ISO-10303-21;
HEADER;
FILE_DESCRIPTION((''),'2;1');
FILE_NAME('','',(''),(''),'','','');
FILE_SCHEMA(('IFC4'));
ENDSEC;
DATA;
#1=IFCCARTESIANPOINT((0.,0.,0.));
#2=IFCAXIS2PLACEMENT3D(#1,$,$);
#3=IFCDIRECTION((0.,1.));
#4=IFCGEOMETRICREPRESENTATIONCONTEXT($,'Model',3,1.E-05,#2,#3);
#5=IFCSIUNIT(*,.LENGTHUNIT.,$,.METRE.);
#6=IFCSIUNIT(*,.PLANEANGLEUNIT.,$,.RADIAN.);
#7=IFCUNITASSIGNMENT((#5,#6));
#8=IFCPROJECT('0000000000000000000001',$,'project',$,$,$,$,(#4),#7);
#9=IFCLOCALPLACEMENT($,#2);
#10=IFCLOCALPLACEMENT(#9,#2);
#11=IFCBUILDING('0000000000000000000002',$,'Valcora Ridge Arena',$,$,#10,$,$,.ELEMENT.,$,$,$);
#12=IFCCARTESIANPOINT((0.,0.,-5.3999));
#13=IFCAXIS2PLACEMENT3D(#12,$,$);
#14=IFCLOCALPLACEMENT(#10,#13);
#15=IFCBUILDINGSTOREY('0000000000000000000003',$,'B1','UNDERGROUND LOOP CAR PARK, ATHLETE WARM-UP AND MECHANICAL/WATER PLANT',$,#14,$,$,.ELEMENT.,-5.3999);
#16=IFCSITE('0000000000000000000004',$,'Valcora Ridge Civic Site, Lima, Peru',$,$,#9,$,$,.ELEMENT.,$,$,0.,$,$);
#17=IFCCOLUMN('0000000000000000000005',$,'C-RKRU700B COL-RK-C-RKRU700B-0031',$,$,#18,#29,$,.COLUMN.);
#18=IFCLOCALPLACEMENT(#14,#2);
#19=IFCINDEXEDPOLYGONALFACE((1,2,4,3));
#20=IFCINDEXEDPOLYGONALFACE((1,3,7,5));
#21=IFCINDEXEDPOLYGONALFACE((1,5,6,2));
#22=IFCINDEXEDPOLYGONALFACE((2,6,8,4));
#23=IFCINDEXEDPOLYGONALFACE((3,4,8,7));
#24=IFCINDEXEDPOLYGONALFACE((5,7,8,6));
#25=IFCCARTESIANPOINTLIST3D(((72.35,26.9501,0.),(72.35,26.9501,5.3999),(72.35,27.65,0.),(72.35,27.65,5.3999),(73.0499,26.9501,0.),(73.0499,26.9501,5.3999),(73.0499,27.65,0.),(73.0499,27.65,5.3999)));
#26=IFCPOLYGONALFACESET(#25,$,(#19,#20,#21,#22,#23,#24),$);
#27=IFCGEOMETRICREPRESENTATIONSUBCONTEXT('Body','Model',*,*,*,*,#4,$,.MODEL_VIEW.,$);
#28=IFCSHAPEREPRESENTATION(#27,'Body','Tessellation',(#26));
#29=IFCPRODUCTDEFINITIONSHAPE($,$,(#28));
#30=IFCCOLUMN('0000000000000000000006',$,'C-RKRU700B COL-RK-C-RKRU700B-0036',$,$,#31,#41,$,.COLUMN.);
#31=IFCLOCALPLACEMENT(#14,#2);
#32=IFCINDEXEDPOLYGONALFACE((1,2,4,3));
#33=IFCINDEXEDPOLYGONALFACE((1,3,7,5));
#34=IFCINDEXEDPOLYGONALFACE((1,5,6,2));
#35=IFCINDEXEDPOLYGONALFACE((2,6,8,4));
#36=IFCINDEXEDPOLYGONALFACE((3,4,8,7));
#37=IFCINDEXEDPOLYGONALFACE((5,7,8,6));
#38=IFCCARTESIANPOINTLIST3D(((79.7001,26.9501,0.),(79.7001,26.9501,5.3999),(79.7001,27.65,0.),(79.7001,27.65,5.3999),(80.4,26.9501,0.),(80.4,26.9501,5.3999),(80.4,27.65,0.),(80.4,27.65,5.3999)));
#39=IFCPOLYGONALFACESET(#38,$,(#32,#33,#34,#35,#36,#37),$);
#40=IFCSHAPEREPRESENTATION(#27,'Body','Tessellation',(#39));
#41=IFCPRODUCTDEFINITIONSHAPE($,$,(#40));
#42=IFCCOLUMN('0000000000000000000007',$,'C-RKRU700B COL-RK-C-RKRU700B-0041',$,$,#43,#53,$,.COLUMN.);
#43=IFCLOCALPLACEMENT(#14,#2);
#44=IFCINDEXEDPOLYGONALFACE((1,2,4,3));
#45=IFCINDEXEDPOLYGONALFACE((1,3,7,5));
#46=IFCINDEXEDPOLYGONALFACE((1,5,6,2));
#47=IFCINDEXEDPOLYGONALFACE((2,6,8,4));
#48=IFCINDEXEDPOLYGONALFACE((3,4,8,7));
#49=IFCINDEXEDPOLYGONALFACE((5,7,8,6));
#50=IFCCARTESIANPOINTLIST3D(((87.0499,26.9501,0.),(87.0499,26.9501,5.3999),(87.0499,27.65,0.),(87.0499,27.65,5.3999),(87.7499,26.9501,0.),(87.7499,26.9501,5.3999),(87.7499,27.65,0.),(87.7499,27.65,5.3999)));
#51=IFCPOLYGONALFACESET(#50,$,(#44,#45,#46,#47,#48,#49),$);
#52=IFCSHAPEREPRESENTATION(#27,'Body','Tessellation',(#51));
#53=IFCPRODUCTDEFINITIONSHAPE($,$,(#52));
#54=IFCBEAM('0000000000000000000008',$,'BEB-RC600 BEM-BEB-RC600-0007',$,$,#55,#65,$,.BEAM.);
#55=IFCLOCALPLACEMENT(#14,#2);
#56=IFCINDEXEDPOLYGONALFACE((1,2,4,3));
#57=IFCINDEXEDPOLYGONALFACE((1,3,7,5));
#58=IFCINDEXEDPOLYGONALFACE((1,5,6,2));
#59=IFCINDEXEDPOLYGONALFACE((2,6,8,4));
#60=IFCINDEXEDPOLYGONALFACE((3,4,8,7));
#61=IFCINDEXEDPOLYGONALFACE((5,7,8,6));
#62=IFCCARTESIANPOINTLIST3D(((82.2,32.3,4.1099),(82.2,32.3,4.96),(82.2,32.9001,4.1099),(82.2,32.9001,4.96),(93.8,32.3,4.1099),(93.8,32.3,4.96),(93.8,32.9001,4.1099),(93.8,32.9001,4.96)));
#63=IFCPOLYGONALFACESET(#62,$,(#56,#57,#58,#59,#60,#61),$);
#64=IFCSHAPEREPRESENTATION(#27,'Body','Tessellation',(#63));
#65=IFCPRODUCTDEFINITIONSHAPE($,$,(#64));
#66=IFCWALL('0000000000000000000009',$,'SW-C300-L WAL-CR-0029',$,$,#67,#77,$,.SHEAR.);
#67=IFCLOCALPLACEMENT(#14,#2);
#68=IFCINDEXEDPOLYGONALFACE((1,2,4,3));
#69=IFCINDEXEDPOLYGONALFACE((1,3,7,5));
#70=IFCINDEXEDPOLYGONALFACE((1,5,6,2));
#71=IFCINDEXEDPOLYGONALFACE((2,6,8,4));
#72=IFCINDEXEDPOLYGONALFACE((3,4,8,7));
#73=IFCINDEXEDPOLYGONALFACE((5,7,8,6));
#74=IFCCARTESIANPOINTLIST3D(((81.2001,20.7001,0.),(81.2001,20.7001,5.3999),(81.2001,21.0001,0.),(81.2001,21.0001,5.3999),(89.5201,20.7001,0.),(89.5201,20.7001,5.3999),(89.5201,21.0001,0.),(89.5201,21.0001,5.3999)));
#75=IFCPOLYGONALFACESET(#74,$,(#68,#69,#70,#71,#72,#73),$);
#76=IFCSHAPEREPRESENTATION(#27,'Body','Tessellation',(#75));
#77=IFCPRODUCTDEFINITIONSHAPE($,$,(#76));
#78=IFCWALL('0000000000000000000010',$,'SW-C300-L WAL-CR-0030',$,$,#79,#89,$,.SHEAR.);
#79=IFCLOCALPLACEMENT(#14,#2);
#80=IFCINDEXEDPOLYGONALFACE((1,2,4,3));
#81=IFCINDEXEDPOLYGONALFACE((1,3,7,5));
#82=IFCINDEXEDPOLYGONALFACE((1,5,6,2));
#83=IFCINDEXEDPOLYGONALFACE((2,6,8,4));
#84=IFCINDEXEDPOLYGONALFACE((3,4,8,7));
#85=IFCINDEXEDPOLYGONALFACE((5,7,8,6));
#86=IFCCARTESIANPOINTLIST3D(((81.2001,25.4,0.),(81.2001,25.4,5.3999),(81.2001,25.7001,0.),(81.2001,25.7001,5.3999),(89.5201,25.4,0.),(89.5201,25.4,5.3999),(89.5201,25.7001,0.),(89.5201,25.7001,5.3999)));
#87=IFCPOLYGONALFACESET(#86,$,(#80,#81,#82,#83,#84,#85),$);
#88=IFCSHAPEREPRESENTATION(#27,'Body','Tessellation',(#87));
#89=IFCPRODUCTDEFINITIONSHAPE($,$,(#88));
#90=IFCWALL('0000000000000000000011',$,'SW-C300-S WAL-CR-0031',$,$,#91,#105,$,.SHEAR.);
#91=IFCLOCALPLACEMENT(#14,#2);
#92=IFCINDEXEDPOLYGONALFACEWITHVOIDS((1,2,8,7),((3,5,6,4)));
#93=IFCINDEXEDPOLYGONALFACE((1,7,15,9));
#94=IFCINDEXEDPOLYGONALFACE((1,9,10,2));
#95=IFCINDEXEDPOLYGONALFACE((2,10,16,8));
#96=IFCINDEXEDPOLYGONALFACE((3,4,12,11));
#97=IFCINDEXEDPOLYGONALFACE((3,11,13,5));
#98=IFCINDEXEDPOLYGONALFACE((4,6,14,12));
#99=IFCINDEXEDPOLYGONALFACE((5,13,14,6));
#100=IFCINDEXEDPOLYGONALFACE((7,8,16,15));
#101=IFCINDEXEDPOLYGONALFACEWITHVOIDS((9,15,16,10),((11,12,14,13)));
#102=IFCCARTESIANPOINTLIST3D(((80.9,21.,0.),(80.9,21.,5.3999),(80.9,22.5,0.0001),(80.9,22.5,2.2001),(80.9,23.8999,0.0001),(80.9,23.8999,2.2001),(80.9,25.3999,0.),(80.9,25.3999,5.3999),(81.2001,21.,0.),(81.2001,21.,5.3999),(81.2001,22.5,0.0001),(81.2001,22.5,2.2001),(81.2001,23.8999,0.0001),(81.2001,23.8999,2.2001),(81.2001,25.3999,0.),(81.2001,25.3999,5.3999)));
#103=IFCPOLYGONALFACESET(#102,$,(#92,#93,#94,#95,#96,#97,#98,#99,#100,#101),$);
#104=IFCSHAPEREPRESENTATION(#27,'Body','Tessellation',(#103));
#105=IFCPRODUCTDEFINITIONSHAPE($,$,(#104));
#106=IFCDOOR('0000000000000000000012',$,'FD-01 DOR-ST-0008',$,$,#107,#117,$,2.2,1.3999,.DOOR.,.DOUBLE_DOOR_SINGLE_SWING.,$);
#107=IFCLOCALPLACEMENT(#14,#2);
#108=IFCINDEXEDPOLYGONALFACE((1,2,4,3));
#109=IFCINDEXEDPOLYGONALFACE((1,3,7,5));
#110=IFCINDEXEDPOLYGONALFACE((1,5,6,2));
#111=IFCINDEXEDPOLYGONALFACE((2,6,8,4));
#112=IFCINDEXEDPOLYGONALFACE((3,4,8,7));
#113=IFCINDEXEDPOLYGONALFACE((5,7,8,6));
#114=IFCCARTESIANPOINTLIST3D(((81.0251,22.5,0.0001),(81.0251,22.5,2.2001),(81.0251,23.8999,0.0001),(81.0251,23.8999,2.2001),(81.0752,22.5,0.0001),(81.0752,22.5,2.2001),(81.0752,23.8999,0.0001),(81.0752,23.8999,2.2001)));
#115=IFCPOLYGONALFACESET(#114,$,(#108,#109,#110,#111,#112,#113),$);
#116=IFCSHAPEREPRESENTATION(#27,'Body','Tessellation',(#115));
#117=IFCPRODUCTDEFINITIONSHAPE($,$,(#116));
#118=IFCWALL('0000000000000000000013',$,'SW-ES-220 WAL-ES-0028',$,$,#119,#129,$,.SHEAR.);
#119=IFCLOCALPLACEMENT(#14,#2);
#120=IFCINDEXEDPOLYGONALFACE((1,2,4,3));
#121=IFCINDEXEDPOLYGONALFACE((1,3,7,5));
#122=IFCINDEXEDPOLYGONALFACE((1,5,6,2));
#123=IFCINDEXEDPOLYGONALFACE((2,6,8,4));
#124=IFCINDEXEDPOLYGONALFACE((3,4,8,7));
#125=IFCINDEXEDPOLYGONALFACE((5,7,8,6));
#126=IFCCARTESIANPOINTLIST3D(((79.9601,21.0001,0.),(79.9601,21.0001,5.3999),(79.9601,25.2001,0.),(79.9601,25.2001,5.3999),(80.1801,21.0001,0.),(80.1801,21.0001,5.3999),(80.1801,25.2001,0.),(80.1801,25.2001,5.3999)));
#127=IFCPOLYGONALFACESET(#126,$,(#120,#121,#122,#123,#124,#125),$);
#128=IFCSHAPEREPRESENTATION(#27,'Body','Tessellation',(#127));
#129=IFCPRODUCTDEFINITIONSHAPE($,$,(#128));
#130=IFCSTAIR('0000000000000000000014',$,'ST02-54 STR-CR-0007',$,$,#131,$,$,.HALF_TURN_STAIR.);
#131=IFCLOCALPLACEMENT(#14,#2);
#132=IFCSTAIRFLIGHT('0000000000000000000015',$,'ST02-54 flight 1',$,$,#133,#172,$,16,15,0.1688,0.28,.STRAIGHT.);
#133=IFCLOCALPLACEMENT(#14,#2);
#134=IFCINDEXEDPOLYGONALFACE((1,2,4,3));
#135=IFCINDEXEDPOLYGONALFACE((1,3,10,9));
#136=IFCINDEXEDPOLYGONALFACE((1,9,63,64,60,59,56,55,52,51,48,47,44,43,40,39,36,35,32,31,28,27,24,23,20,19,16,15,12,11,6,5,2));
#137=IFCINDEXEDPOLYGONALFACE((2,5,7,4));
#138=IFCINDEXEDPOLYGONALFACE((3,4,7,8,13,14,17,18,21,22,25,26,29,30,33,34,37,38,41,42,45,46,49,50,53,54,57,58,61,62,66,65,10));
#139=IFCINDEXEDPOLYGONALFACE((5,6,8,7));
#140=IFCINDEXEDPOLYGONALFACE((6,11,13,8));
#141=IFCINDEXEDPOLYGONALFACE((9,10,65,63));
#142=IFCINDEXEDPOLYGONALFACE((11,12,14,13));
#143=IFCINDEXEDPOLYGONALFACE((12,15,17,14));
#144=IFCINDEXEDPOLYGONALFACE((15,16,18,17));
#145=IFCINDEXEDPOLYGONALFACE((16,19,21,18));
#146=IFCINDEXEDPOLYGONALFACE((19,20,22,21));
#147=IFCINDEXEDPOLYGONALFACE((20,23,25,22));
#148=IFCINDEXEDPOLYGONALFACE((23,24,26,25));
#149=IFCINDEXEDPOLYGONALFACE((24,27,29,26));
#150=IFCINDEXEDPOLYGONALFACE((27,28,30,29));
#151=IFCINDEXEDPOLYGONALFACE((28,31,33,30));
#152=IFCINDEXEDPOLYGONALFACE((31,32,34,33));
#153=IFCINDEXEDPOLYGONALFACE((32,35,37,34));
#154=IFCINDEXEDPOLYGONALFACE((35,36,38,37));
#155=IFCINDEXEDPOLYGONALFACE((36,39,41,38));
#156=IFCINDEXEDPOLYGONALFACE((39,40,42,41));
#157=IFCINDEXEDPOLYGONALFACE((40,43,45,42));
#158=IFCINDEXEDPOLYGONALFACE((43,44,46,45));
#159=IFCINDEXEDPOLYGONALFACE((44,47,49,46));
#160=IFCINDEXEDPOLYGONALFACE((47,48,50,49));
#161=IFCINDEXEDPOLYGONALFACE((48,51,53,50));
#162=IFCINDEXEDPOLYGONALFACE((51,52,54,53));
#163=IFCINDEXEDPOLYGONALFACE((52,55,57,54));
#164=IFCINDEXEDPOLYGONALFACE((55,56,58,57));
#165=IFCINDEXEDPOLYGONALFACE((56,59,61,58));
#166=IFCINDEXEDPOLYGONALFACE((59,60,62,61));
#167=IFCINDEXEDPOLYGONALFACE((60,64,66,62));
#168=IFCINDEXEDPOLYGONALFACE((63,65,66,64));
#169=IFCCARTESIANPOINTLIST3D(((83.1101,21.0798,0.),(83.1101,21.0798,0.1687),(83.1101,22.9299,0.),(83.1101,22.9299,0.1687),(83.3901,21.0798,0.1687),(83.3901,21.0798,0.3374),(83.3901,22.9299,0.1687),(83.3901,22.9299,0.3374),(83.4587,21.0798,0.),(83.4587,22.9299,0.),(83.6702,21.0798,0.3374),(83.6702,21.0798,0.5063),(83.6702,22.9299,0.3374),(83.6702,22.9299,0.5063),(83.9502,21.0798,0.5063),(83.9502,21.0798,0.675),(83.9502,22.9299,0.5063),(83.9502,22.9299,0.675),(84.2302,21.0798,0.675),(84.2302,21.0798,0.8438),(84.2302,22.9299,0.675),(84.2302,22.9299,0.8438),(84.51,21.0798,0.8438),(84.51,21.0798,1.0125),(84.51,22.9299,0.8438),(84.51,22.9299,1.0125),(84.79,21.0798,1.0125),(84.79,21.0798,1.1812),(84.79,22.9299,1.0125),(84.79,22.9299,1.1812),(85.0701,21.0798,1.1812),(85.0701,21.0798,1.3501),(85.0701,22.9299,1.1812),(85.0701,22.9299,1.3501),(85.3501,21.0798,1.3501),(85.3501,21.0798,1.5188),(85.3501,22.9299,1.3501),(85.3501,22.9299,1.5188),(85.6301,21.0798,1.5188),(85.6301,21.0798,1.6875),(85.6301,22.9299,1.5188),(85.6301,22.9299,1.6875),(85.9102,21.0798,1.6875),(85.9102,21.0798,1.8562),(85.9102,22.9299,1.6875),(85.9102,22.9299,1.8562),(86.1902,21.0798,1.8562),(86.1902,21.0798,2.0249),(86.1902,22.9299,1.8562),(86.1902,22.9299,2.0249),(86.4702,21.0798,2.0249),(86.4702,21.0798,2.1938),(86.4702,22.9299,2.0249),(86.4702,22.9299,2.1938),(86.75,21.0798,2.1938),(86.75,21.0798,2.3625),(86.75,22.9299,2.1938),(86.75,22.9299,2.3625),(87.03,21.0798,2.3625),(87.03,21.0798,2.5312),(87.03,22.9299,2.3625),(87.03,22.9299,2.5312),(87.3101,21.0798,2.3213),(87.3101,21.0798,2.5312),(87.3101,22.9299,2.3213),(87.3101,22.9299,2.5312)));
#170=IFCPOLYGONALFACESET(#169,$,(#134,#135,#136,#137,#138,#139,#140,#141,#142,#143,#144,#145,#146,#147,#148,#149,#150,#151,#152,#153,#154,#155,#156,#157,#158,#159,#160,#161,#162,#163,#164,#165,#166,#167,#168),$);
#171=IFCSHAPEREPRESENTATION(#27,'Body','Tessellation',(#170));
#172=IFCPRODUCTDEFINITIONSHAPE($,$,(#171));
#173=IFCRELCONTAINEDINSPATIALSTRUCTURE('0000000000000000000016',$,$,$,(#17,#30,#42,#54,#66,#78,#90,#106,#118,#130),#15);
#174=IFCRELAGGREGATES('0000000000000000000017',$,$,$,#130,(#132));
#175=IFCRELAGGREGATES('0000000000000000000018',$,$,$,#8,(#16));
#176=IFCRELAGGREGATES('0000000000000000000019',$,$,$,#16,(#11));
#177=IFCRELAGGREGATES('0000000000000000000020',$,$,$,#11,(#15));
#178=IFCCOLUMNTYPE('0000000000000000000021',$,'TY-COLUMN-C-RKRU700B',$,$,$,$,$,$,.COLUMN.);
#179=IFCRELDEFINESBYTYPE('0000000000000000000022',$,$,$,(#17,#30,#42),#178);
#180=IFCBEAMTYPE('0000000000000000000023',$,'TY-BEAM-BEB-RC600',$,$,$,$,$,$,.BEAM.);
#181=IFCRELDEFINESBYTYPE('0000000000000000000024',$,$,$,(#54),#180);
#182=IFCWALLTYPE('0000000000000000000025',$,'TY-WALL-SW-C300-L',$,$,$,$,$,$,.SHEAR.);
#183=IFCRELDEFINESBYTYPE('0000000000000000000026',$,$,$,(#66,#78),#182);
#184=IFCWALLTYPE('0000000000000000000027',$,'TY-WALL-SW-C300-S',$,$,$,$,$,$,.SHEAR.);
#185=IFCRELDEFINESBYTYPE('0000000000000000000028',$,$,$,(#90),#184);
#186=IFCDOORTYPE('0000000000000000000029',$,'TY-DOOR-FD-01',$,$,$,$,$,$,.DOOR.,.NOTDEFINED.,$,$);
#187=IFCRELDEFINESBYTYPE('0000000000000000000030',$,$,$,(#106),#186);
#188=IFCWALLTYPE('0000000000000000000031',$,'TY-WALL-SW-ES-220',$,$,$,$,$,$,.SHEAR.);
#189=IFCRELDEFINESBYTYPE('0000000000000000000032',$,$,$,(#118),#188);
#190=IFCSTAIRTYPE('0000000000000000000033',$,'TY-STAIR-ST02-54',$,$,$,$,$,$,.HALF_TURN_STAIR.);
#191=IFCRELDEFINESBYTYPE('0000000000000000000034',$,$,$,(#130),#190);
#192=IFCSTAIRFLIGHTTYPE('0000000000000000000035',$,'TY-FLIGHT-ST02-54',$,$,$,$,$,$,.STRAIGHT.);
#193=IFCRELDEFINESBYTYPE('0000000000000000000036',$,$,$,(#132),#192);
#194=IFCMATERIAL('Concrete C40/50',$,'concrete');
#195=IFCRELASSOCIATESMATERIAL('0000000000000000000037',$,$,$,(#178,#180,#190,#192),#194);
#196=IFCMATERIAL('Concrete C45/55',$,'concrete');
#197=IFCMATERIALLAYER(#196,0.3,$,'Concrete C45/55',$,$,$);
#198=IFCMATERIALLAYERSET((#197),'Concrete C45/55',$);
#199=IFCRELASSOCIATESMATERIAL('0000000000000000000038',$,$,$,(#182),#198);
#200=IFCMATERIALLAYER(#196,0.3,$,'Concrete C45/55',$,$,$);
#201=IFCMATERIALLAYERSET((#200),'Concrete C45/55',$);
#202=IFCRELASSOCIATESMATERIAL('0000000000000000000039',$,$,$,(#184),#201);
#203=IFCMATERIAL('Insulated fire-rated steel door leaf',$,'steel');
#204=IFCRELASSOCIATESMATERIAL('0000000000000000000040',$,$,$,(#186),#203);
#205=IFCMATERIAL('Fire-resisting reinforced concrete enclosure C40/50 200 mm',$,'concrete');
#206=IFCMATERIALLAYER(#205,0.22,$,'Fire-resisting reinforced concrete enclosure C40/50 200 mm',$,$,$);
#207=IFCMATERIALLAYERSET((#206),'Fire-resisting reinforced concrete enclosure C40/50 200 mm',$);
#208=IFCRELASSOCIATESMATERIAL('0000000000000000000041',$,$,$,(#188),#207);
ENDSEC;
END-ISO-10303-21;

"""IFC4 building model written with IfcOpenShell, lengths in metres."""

from ifc_helpers import new_model, si_unit, direction, frame, frame_2d, origin, origin_2d, place, context, subcontext, project, spatial, polyline, rectangle, outline, extrude, material, layer, layer_set, material_profile, profile_set, type_object, element, fill, aggregate, save


model = new_model("IFC4")

# Units and contexts
model_context = context("Model", 3, precision=1e-05, world=origin(), true_north=direction((0.0, 1.0)))
body_context = subcontext(model_context, "Body", "Model", "MODEL_VIEW")
ifc_project = project(units=[si_unit("LENGTHUNIT", "METRE"), si_unit("PLANEANGLEUNIT", "RADIAN")], contexts=[model_context])

# Site, building, storey
site_placement = place(None, origin())
site = spatial("IfcSite", under=ifc_project, at=site_placement, Name="Valcora Ridge Civic Site, Lima, Peru", CompositionType="ELEMENT", RefElevation=0.0)
building_placement = place(site_placement, origin())
building = spatial("IfcBuilding", under=site, at=building_placement, Name="Valcora Ridge Arena", CompositionType="ELEMENT")
storey_placement = place(building_placement, frame((0.0, 0.0, -5.3999)))
storey = spatial("IfcBuildingStorey", under=building, at=storey_placement, Name="B1", Description="UNDERGROUND LOOP CAR PARK, ATHLETE WARM-UP AND MECHANICAL/WATER PLANT", CompositionType="ELEMENT", Elevation=-5.3999)

# Shared definitions
ifc_material_1 = material(Name="Concrete C40/50", Category="concrete")

# Columns
ifc_material_profile_1 = material_profile(ifc_material_1, rectangle(XDim=0.7, YDim=0.7, at=origin_2d()), Name="RC 700x700")
ifc_profile_set_1 = profile_set([ifc_material_profile_1], Name="Concrete C40/50")
column_type_1 = type_object("IfcColumnType", Name="TY-COLUMN-C-RKRU700B", PredefinedType="COLUMN", material=ifc_profile_set_1)
for number, where, z_axis, x_axis, name in (
    (1, (72.7, 27.3, 0.0), (0.0, 0.0, 1.0), (1.0, 0.0, 0.0), "C-RKRU700B COL-RK-C-RKRU700B-0031"),
    (2, (80.05, 27.3, 0.0), (0.0, 0.0, 1.0), (1.0, 0.0, 0.0), "C-RKRU700B COL-RK-C-RKRU700B-0036"),
    (3, (87.3999, 27.3, 0.0), (0.0, 0.0, 1.0), (1.0, 0.0, 0.0), "C-RKRU700B COL-RK-C-RKRU700B-0041"),
):
    element("IfcColumn", number, at=place(storey_placement, frame(where, z_axis=z_axis, x_axis=x_axis)), inside=storey, type_object=column_type_1, Name=name, PredefinedType="COLUMN", context=body_context, shape_type="SweptSolid", body=[
        extrude(rectangle(XDim=0.7, YDim=0.7, at=origin_2d()), origin(), (0.0, 0.0, 1.0), 5.3999),
    ])

# Beam
ifc_material_profile_2 = material_profile(ifc_material_1, rectangle(XDim=0.6001, YDim=0.8501, at=origin_2d()), Name="RC 600x850")
ifc_profile_set_2 = profile_set([ifc_material_profile_2], Name="Concrete C40/50")
beam_type = type_object("IfcBeamType", Name="TY-BEAM-BEB-RC600", PredefinedType="BEAM", material=ifc_profile_set_2)
beam_placement = place(storey_placement, frame((82.2, 32.6001, 4.5349), z_axis=(1.0, 0.0, 0.0), x_axis=(0.0, 1.0, 0.0)))
element("IfcBeam", 4, at=beam_placement, inside=storey, type_object=beam_type, Name="BEB-RC600 BEM-BEB-RC600-0007", PredefinedType="BEAM", context=body_context, shape_type="SweptSolid", body=[
    extrude(rectangle(XDim=0.6001, YDim=0.8501, at=origin_2d()), origin(), (0.0, 0.0, 1.0), 11.6001),
])

# Walls
ifc_material_2 = material(Name="Concrete C45/55", Category="concrete")
ifc_layer_1 = layer(ifc_material_2, 0.3, Name="Concrete C45/55")
ifc_layer_set_1 = layer_set([ifc_layer_1], Name="Concrete C45/55")
wall_type_1 = type_object("IfcWallType", Name="TY-WALL-SW-C300-L", PredefinedType="SHEAR", material=ifc_layer_set_1)
for number, where, z_axis, x_axis, name in (
    (5, (81.2, 20.8501, 0.0), (0.0, 0.0, 1.0), (1.0, 0.0, 0.0), "SW-C300-L WAL-CR-0029"),
    (6, (81.2, 25.55, 0.0), (0.0, 0.0, 1.0), (1.0, 0.0, 0.0), "SW-C300-L WAL-CR-0030"),
):
    element("IfcWall", number, at=place(storey_placement, frame(where, z_axis=z_axis, x_axis=x_axis)), inside=storey, type_object=wall_type_1, Name=name, PredefinedType="SHEAR", context=body_context, shape_type="SweptSolid", body=[
        extrude(rectangle(XDim=8.3201, YDim=0.3, at=frame_2d((4.1602, 0.0))), origin(), (0.0, 0.0, 1.0), 5.3999),
    ])

# Wall, opening, door
ifc_layer_2 = layer(ifc_material_2, 0.3, Name="Concrete C45/55")
ifc_layer_set_2 = layer_set([ifc_layer_2], Name="Concrete C45/55")
wall_type_2 = type_object("IfcWallType", Name="TY-WALL-SW-C300-S", PredefinedType="SHEAR", material=ifc_layer_set_2)
wall_1_placement = place(storey_placement, frame((81.05, 21.0, 0.0), z_axis=(0.0, 0.0, 1.0), x_axis=(0.0, 1.0, 0.0)))
wall_1 = element("IfcWall", 7, at=wall_1_placement, inside=storey, type_object=wall_type_2, Name="SW-C300-S WAL-CR-0031", PredefinedType="SHEAR", context=body_context, shape_type="SweptSolid", body=[
    extrude(rectangle(XDim=4.3999, YDim=0.3, at=frame_2d((2.2, 0.0))), origin(), (0.0, 0.0, 1.0), 5.3999),
])
opening_placement = place(wall_1_placement, frame((1.5, 0.0, 0.0)))
opening = element("IfcOpeningElement", 8, at=opening_placement, cuts=wall_1, PredefinedType="OPENING", context=body_context, shape_type="SweptSolid", body=[
    extrude(rectangle(XDim=1.3999, YDim=2.2, at=frame_2d((0.7, 1.1001))), frame((0.0, 0.1599, 0.0), z_axis=(0.0, -1.0, 0.0), x_axis=(1.0, 0.0, 0.0)), (0.0, 0.0, 1.0), 0.3201),
])
ifc_material_3 = material(Name="Insulated fire-rated steel door leaf", Category="steel")
door_type = type_object("IfcDoorType", Name="TY-DOOR-FD-01", OperationType="NOTDEFINED", PredefinedType="DOOR", material=ifc_material_3)
door_placement = place(opening_placement, origin())
door = element("IfcDoor", 9, at=door_placement, inside=storey, type_object=door_type, Name="FD-01 DOR-ST-0008", OperationType="DOUBLE_DOOR_SINGLE_SWING", OverallHeight=2.2, OverallWidth=1.3999, PredefinedType="DOOR", context=body_context, shape_type="SweptSolid", body=[
    extrude(rectangle(XDim=1.3999, YDim=2.2, at=frame_2d((0.7, 1.1001))), frame((0.0, 0.0249, 0.0), z_axis=(0.0, -1.0, 0.0), x_axis=(1.0, 0.0, 0.0)), (0.0, 0.0, 1.0), 0.05),
])
fill(opening, door)

# Wall
ifc_material_4 = material(Name="Fire-resisting reinforced concrete enclosure C40/50 200 mm", Category="concrete")
ifc_layer_3 = layer(ifc_material_4, 0.22, Name="Fire-resisting reinforced concrete enclosure C40/50 200 mm")
ifc_layer_set_3 = layer_set([ifc_layer_3], Name="Fire-resisting reinforced concrete enclosure C40/50 200 mm")
wall_type_3 = type_object("IfcWallType", Name="TY-WALL-SW-ES-220", PredefinedType="SHEAR", material=ifc_layer_set_3)
wall_2_placement = place(storey_placement, frame((80.0701, 21.0, 0.0), z_axis=(0.0, 0.0, 1.0), x_axis=(0.0, 1.0, 0.0)))
element("IfcWall", 10, at=wall_2_placement, inside=storey, type_object=wall_type_3, Name="SW-ES-220 WAL-ES-0028", PredefinedType="SHEAR", context=body_context, shape_type="SweptSolid", body=[
    extrude(rectangle(XDim=4.2, YDim=0.22, at=frame_2d((2.1001, 0.0))), origin(), (0.0, 0.0, 1.0), 5.3999),
])

# Stair, stair flight
stair_type = type_object("IfcStairType", Name="TY-STAIR-ST02-54", PredefinedType="HALF_TURN_STAIR", material=ifc_material_1)
stair_placement = place(storey_placement, origin())
stair = element("IfcStair", 11, at=stair_placement, inside=storey, type_object=stair_type, Name="ST02-54 STR-CR-0007", PredefinedType="HALF_TURN_STAIR")
stair_flight_type = type_object("IfcStairFlightType", Name="TY-FLIGHT-ST02-54", PredefinedType="STRAIGHT", material=ifc_material_1)
stair_flight_1_placement = place(storey_placement, frame((83.1101, 22.0049, 0.0), z_axis=(0.0, 0.0, 1.0), x_axis=(1.0, 0.0, 0.0)))
stair_flight_1 = element("IfcStairFlight", 12, at=stair_flight_1_placement, type_object=stair_flight_type, Name="ST02-54 flight 1", NumberOfRisers=16, NumberOfTreads=15, PredefinedType="STRAIGHT", RiserHeight=0.1688, TreadLength=0.28, context=body_context, shape_type="SweptSolid", body=[
    extrude(outline(polyline([(0.0, 0.0), (0.0, 0.1687), (0.28, 0.1687), (0.28, 0.3374), (0.5601, 0.3374), (0.5601, 0.5063), (0.8401, 0.5063), (0.8401, 0.675), (1.1201, 0.675), (1.1201, 0.8438), (1.3999, 0.8438), (1.3999, 1.0125), (1.6799, 1.0125), (1.6799, 1.1812), (1.96, 1.1812), (1.96, 1.3501), (2.24, 1.3501), (2.24, 1.5188), (2.52, 1.5188), (2.52, 1.6875), (2.8, 1.6875), (2.8, 1.8562), (3.0801, 1.8562), (3.0801, 2.0249), (3.3601, 2.0249), (3.3601, 2.1938), (3.6399, 2.1938), (3.6399, 2.3625), (3.9199, 2.3625), (3.9199, 2.5312), (4.2, 2.5312), (4.2, 2.7), (4.2, 2.3213), (0.3486, 0.0), (0.0, 0.0)])), frame((0.0, 0.925, 0.0), z_axis=(0.0, -1.0, 0.0), x_axis=(1.0, 0.0, 0.0)), (0.0, 0.0, 1.0), 1.8501),
])
aggregate(stair, [stair_flight_1])

save(model, "model.ifc")
